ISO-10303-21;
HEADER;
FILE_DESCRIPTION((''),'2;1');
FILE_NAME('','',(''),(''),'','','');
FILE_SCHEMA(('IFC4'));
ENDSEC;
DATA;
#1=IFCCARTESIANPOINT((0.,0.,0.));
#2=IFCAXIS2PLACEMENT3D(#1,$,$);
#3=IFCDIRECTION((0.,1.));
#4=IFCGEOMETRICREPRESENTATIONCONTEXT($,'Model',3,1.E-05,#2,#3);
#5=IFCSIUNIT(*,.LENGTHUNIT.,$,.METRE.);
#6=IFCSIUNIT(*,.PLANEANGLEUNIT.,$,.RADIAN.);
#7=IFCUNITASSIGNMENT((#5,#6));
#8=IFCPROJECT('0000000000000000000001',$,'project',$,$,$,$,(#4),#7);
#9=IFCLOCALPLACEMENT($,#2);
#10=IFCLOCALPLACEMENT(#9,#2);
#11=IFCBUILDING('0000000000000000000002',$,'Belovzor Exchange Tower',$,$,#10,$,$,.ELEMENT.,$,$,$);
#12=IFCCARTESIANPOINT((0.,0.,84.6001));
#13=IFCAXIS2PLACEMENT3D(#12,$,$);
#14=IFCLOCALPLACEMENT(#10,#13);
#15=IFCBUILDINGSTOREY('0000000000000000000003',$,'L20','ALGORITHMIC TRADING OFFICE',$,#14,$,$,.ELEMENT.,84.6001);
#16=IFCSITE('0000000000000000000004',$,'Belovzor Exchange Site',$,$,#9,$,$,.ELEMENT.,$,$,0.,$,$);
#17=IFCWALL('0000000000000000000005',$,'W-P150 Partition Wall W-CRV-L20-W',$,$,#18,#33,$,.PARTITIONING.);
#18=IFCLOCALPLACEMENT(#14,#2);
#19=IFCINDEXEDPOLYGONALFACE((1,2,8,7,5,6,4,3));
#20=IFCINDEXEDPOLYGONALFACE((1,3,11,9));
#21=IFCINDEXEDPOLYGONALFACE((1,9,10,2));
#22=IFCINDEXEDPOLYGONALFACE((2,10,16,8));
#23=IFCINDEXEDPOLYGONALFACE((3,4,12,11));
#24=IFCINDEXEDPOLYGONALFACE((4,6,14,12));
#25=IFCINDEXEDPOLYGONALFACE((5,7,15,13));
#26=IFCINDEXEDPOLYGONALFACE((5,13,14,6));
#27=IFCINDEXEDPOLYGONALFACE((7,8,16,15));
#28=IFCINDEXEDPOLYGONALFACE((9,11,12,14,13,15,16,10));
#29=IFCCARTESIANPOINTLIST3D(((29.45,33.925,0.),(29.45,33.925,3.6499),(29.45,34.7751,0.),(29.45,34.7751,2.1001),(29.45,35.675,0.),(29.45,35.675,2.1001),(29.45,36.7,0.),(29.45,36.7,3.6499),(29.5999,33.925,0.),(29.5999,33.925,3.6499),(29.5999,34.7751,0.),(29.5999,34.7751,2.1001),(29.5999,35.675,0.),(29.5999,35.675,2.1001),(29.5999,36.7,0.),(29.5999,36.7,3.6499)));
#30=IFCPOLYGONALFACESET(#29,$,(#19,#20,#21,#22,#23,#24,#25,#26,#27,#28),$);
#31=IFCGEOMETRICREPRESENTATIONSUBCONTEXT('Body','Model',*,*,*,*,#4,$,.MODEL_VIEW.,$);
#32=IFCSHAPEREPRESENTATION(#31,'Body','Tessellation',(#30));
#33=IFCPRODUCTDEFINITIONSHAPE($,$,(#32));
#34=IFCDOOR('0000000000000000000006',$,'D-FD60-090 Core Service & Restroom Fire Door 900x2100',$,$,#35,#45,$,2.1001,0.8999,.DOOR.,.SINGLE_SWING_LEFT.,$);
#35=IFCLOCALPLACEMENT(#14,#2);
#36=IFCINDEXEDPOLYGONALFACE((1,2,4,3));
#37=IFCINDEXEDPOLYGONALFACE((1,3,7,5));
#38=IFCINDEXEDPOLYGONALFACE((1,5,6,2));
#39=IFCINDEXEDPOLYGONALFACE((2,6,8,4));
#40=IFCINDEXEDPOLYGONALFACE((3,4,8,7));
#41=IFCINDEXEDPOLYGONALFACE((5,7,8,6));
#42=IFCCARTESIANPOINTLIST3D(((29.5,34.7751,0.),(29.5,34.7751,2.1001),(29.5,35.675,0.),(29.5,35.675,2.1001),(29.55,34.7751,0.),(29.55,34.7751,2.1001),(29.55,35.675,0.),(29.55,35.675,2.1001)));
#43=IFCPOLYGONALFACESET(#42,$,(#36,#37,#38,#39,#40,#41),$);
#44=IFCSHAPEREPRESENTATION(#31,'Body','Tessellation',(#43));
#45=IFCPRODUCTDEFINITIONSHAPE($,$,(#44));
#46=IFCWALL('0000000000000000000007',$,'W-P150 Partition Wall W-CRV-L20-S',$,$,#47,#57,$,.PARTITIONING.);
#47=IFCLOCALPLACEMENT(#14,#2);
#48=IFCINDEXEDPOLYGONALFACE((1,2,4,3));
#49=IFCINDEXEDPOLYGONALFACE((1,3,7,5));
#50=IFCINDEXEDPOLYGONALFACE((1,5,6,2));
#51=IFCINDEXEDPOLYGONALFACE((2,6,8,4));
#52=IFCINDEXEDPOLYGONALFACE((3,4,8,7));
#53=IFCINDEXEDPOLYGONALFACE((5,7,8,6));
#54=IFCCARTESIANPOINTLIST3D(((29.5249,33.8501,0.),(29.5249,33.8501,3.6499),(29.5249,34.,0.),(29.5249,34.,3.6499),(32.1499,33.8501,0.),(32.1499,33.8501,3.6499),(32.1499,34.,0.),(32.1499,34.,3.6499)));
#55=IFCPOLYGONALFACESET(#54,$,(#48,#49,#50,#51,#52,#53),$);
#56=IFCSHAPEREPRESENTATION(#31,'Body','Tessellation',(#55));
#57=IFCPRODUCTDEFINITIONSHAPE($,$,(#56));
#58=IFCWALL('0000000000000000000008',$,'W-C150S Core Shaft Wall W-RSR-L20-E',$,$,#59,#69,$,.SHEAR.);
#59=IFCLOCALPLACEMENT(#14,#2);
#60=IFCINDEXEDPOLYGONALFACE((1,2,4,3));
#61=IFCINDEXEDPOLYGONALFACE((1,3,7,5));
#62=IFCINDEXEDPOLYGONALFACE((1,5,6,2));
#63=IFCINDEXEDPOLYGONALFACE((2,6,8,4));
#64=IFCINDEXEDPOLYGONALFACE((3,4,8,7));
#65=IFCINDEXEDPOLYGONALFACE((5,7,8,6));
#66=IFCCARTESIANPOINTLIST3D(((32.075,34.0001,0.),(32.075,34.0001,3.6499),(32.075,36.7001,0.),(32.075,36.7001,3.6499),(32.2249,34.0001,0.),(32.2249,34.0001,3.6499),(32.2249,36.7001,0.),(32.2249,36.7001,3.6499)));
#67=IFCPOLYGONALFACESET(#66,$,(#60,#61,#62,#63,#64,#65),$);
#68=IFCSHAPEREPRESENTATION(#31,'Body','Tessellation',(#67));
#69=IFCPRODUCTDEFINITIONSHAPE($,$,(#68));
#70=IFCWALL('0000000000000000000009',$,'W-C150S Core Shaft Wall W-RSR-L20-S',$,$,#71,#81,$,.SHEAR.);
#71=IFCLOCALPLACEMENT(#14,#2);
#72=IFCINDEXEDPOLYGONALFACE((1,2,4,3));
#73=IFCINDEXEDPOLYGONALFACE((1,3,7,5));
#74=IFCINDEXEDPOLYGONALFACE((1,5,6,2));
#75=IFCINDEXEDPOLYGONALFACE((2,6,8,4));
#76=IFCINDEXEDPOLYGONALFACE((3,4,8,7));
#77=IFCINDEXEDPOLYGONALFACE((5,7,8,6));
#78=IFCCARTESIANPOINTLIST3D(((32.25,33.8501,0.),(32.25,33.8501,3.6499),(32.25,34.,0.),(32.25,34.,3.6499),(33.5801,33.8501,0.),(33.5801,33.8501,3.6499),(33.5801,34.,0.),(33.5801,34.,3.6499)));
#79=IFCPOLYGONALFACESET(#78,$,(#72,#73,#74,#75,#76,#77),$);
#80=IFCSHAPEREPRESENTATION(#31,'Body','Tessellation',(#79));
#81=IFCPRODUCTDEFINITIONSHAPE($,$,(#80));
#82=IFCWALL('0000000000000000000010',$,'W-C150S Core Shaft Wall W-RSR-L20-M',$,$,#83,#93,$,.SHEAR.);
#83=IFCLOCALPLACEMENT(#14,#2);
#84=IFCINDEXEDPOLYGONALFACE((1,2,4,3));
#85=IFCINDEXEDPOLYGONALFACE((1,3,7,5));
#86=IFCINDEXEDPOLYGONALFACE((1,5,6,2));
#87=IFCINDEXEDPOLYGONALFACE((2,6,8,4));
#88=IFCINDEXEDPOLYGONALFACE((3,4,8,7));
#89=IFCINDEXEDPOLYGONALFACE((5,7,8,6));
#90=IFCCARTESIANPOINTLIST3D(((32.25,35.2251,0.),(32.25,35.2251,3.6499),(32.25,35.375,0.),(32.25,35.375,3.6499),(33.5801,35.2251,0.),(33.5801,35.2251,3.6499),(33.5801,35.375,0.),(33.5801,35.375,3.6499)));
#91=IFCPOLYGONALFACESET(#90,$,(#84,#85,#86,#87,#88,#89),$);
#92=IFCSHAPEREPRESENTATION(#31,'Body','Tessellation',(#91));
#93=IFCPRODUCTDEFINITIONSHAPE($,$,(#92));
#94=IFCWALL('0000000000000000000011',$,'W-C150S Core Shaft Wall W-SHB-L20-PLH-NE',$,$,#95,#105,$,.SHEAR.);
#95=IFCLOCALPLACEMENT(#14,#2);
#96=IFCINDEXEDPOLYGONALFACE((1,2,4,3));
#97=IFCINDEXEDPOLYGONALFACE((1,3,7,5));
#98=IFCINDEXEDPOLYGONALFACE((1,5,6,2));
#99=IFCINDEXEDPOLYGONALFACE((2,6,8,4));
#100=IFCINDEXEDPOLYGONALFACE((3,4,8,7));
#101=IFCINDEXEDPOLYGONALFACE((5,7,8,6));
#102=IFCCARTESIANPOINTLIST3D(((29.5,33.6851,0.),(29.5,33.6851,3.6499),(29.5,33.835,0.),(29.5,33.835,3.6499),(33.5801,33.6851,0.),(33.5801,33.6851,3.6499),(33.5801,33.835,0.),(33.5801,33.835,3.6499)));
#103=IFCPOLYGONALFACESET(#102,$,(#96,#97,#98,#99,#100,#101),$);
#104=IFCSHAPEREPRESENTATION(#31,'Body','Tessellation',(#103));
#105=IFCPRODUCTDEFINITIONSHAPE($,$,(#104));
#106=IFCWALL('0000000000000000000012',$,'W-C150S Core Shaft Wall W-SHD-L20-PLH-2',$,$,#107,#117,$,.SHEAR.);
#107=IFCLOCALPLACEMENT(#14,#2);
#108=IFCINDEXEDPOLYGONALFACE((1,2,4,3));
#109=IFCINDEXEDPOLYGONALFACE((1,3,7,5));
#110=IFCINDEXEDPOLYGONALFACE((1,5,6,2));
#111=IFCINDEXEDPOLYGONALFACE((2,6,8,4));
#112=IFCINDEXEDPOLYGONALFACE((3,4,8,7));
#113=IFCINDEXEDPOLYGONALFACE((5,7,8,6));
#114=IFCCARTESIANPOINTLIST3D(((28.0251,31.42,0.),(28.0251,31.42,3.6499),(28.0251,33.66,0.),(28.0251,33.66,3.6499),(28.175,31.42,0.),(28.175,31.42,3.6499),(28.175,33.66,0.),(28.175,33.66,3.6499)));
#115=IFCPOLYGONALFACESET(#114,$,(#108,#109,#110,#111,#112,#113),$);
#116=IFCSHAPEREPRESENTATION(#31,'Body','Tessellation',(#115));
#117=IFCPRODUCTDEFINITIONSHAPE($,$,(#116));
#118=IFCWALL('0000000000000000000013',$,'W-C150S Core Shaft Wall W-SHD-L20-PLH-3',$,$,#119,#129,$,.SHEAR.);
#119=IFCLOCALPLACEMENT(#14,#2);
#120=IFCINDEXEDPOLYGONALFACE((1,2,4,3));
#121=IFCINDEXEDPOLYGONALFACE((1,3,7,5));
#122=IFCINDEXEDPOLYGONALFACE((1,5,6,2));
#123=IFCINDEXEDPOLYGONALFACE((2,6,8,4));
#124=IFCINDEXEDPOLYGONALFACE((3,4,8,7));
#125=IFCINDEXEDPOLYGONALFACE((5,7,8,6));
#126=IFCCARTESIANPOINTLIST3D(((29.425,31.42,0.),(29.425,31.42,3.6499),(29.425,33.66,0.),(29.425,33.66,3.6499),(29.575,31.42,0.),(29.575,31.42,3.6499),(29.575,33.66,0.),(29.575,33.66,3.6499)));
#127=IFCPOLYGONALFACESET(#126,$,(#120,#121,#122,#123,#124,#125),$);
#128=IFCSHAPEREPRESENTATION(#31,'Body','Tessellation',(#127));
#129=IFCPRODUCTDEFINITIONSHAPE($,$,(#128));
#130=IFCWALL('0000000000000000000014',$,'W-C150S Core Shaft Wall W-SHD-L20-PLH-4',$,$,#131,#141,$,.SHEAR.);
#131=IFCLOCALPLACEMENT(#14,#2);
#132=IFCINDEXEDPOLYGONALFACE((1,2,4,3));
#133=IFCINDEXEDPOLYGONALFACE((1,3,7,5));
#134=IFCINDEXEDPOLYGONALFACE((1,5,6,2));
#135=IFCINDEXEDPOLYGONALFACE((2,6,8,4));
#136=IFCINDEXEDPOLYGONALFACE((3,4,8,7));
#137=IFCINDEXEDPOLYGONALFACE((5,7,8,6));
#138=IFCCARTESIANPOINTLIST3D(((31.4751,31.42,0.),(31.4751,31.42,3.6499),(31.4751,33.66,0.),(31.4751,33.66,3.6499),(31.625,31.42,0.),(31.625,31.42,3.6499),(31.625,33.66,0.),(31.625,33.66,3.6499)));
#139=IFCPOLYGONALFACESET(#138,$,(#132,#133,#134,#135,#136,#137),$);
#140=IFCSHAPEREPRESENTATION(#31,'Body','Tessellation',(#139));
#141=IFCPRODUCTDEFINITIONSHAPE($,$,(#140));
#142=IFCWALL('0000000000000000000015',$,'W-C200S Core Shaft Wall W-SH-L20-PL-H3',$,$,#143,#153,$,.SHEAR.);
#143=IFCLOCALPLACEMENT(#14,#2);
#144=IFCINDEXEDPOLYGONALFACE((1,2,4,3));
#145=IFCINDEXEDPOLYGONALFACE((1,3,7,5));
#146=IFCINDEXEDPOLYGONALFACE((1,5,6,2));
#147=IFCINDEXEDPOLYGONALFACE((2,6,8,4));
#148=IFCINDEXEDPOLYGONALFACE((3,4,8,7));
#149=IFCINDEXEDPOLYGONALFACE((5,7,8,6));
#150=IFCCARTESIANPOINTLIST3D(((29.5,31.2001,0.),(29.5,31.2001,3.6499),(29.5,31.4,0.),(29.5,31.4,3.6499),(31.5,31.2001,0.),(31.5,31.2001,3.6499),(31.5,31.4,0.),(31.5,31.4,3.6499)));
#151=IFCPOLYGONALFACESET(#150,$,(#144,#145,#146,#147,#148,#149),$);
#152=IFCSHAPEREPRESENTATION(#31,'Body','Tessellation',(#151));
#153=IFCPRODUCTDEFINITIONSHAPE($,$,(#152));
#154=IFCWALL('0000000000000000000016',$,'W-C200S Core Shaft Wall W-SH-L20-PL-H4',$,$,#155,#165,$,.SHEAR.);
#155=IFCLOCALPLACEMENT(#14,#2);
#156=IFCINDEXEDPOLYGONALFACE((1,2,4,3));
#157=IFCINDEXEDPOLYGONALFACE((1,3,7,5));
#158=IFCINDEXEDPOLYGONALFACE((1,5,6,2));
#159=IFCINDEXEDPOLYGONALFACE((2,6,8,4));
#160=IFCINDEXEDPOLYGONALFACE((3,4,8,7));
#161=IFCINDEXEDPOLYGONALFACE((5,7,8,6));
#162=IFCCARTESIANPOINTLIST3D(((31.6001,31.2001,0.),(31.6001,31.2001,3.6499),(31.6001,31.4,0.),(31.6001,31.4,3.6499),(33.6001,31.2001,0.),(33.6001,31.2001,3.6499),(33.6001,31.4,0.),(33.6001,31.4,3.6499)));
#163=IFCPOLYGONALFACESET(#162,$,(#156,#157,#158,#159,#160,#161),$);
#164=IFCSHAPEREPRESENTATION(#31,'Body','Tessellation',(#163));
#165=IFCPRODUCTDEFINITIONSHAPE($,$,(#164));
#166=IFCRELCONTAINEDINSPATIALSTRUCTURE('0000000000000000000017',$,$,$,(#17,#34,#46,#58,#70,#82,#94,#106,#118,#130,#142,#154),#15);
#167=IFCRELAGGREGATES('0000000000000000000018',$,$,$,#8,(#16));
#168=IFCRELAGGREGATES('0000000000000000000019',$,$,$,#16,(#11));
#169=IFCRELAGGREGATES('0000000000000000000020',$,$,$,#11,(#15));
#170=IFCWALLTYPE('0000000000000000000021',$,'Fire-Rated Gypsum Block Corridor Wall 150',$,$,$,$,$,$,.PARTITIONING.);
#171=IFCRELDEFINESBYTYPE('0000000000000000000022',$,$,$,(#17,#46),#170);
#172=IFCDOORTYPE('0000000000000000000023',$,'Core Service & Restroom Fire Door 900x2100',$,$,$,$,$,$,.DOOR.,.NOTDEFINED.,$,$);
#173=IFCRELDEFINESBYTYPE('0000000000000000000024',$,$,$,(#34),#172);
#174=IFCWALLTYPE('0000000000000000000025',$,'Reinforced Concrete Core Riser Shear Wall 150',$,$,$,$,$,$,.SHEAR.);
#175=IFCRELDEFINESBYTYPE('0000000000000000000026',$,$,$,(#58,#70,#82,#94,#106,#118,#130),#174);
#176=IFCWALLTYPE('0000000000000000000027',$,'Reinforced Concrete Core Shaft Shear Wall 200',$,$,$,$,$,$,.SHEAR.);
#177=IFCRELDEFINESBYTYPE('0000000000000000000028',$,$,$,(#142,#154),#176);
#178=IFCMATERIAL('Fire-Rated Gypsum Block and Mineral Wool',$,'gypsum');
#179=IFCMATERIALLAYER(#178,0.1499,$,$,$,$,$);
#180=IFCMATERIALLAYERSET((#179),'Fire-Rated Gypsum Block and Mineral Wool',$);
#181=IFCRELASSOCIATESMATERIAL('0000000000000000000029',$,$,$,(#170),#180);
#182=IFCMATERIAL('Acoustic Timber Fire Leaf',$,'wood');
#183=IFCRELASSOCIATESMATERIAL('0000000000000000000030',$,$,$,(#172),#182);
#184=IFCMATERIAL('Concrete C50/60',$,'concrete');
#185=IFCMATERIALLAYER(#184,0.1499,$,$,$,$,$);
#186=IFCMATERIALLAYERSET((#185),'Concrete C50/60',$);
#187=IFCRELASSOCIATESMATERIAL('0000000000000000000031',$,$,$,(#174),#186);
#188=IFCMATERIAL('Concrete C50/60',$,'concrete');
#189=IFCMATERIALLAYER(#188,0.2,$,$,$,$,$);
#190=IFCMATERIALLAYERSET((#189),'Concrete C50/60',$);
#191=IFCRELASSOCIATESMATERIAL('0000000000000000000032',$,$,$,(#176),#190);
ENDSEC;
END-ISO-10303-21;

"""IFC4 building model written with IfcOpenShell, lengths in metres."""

from ifc_helpers import new_model, si_unit, direction, frame, frame_2d, origin, place, context, subcontext, project, spatial, rectangle, extrude, material, layer, layer_set, type_object, element, fill, save


model = new_model("IFC4")

# Units and contexts
model_context = context("Model", 3, precision=1e-05, world=origin(), true_north=direction((0.0, 1.0)))
body_context = subcontext(model_context, "Body", "Model", "MODEL_VIEW")
ifc_project = project(units=[si_unit("LENGTHUNIT", "METRE"), si_unit("PLANEANGLEUNIT", "RADIAN")], contexts=[model_context])

# Site, building, storey
site_placement = place(None, origin())
site = spatial("IfcSite", under=ifc_project, at=site_placement, Name="Belovzor Exchange Site", CompositionType="ELEMENT", RefElevation=0.0)
building_placement = place(site_placement, origin())
building = spatial("IfcBuilding", under=site, at=building_placement, Name="Belovzor Exchange Tower", CompositionType="ELEMENT")
storey_placement = place(building_placement, frame((0.0, 0.0, 84.6001)))
storey = spatial("IfcBuildingStorey", under=building, at=storey_placement, Name="L20", Description="ALGORITHMIC TRADING OFFICE", CompositionType="ELEMENT", Elevation=84.6001)

# Wall, opening, door
ifc_material_1 = material(Name="Fire-Rated Gypsum Block and Mineral Wool", Category="gypsum")
ifc_layer_1 = layer(ifc_material_1, 0.1499)
ifc_layer_set_1 = layer_set([ifc_layer_1], Name="Fire-Rated Gypsum Block and Mineral Wool")
wall_type_1 = type_object("IfcWallType", Name="Fire-Rated Gypsum Block Corridor Wall 150", PredefinedType="PARTITIONING", material=ifc_layer_set_1)
wall_1_placement = place(storey_placement, frame((29.5249, 33.925, 0.0), z_axis=(0.0, 0.0, 1.0), x_axis=(0.0, 1.0, 0.0)))
wall_1 = element("IfcWall", 1, at=wall_1_placement, inside=storey, type_object=wall_type_1, Name="W-P150 Partition Wall W-CRV-L20-W", PredefinedType="PARTITIONING", context=body_context, shape_type="SweptSolid", body=[
    extrude(rectangle(XDim=2.7749, YDim=0.1499, at=frame_2d((1.3875, 0.0))), origin(), (0.0, 0.0, 1.0), 3.6499),
])
opening_placement = place(wall_1_placement, frame((0.8501, 0.0, 0.0)))
opening = element("IfcOpeningElement", 2, at=opening_placement, cuts=wall_1, PredefinedType="OPENING", context=body_context, shape_type="SweptSolid", body=[
    extrude(rectangle(XDim=0.8999, YDim=2.1001, at=frame_2d((0.45, 1.05))), frame((0.0, 0.085, 0.0), z_axis=(0.0, -1.0, 0.0), x_axis=(1.0, 0.0, 0.0)), (0.0, 0.0, 1.0), 0.1699),
])
ifc_material_2 = material(Name="Acoustic Timber Fire Leaf", Category="wood")
door_type = type_object("IfcDoorType", Name="Core Service & Restroom Fire Door 900x2100", OperationType="NOTDEFINED", PredefinedType="DOOR", material=ifc_material_2)
door_placement = place(opening_placement, origin())
door = element("IfcDoor", 3, at=door_placement, inside=storey, type_object=door_type, Name="D-FD60-090 Core Service & Restroom Fire Door 900x2100", OperationType="SINGLE_SWING_LEFT", OverallHeight=2.1001, OverallWidth=0.8999, PredefinedType="DOOR", context=body_context, shape_type="SweptSolid", body=[
    extrude(rectangle(XDim=0.8999, YDim=2.1001, at=frame_2d((0.45, 1.05))), frame((0.0, 0.0249, 0.0), z_axis=(0.0, -1.0, 0.0), x_axis=(1.0, 0.0, 0.0)), (0.0, 0.0, 1.0), 0.05),
])
fill(opening, door)

# Walls
wall_2_placement = place(storey_placement, frame((29.5249, 33.925, 0.0), z_axis=(0.0, 0.0, 1.0), x_axis=(1.0, 0.0, 0.0)))
element("IfcWall", 4, at=wall_2_placement, inside=storey, type_object=wall_type_1, Name="W-P150 Partition Wall W-CRV-L20-S", PredefinedType="PARTITIONING", context=body_context, shape_type="SweptSolid", body=[
    extrude(rectangle(XDim=2.625, YDim=0.1499, at=frame_2d((1.3125, 0.0))), origin(), (0.0, 0.0, 1.0), 3.6499),
])
ifc_material_3 = material(Name="Concrete C50/60", Category="concrete")
ifc_layer_2 = layer(ifc_material_3, 0.1499)
ifc_layer_set_2 = layer_set([ifc_layer_2], Name="Concrete C50/60")
wall_type_2 = type_object("IfcWallType", Name="Reinforced Concrete Core Riser Shear Wall 150", PredefinedType="SHEAR", material=ifc_layer_set_2)
wall_3_placement = place(storey_placement, frame((32.1499, 34.0, 0.0), z_axis=(0.0, 0.0, 1.0), x_axis=(0.0, 1.0, 0.0)))
element("IfcWall", 5, at=wall_3_placement, inside=storey, type_object=wall_type_2, Name="W-C150S Core Shaft Wall W-RSR-L20-E", PredefinedType="SHEAR", context=body_context, shape_type="SweptSolid", body=[
    extrude(rectangle(XDim=2.7, YDim=0.1499, at=frame_2d((1.3501, 0.0))), origin(), (0.0, 0.0, 1.0), 3.6499),
])
for number, where, z_axis, x_axis, name in (
    (6, (32.25, 33.925, 0.0), (0.0, 0.0, 1.0), (1.0, 0.0, 0.0), "W-C150S Core Shaft Wall W-RSR-L20-S"),
    (7, (32.25, 35.3, 0.0), (0.0, 0.0, 1.0), (1.0, 0.0, 0.0), "W-C150S Core Shaft Wall W-RSR-L20-M"),
):
    element("IfcWall", number, at=place(storey_placement, frame(where, z_axis=z_axis, x_axis=x_axis)), inside=storey, type_object=wall_type_2, Name=name, PredefinedType="SHEAR", context=body_context, shape_type="SweptSolid", body=[
        extrude(rectangle(XDim=1.3301, YDim=0.1499, at=frame_2d((0.665, 0.0))), origin(), (0.0, 0.0, 1.0), 3.6499),
    ])
wall_4_placement = place(storey_placement, frame((29.5, 33.76, 0.0), z_axis=(0.0, 0.0, 1.0), x_axis=(1.0, 0.0, 0.0)))
element("IfcWall", 8, at=wall_4_placement, inside=storey, type_object=wall_type_2, Name="W-C150S Core Shaft Wall W-SHB-L20-PLH-NE", PredefinedType="SHEAR", context=body_context, shape_type="SweptSolid", body=[
    extrude(rectangle(XDim=4.0801, YDim=0.1499, at=frame_2d((2.04, 0.0))), origin(), (0.0, 0.0, 1.0), 3.6499),
])
for number, where, z_axis, x_axis, name in (
    (9, (28.1001, 31.4199, 0.0), (0.0, 0.0, 1.0), (0.0, 1.0, 0.0), "W-C150S Core Shaft Wall W-SHD-L20-PLH-2"),
    (10, (29.5, 31.4199, 0.0), (0.0, 0.0, 1.0), (0.0, 1.0, 0.0), "W-C150S Core Shaft Wall W-SHD-L20-PLH-3"),
    (11, (31.55, 31.4199, 0.0), (0.0, 0.0, 1.0), (0.0, 1.0, 0.0), "W-C150S Core Shaft Wall W-SHD-L20-PLH-4"),
):
    element("IfcWall", number, at=place(storey_placement, frame(where, z_axis=z_axis, x_axis=x_axis)), inside=storey, type_object=wall_type_2, Name=name, PredefinedType="SHEAR", context=body_context, shape_type="SweptSolid", body=[
        extrude(rectangle(XDim=2.24, YDim=0.1499, at=frame_2d((1.1201, 0.0))), origin(), (0.0, 0.0, 1.0), 3.6499),
    ])
ifc_material_4 = material(Name="Concrete C50/60", Category="concrete")
ifc_layer_3 = layer(ifc_material_4, 0.2)
ifc_layer_set_3 = layer_set([ifc_layer_3], Name="Concrete C50/60")
wall_type_3 = type_object("IfcWallType", Name="Reinforced Concrete Core Shaft Shear Wall 200", PredefinedType="SHEAR", material=ifc_layer_set_3)
for number, where, z_axis, x_axis, name in (
    (12, (29.5, 31.3, 0.0), (0.0, 0.0, 1.0), (1.0, 0.0, 0.0), "W-C200S Core Shaft Wall W-SH-L20-PL-H3"),
    (13, (31.6001, 31.3, 0.0), (0.0, 0.0, 1.0), (1.0, 0.0, 0.0), "W-C200S Core Shaft Wall W-SH-L20-PL-H4"),
):
    element("IfcWall", number, at=place(storey_placement, frame(where, z_axis=z_axis, x_axis=x_axis)), inside=storey, type_object=wall_type_3, Name=name, PredefinedType="SHEAR", context=body_context, shape_type="SweptSolid", body=[
        extrude(rectangle(XDim=2.0, YDim=0.2, at=frame_2d((1.0, 0.0))), origin(), (0.0, 0.0, 1.0), 3.6499),
    ])

save(model, "model.ifc")
